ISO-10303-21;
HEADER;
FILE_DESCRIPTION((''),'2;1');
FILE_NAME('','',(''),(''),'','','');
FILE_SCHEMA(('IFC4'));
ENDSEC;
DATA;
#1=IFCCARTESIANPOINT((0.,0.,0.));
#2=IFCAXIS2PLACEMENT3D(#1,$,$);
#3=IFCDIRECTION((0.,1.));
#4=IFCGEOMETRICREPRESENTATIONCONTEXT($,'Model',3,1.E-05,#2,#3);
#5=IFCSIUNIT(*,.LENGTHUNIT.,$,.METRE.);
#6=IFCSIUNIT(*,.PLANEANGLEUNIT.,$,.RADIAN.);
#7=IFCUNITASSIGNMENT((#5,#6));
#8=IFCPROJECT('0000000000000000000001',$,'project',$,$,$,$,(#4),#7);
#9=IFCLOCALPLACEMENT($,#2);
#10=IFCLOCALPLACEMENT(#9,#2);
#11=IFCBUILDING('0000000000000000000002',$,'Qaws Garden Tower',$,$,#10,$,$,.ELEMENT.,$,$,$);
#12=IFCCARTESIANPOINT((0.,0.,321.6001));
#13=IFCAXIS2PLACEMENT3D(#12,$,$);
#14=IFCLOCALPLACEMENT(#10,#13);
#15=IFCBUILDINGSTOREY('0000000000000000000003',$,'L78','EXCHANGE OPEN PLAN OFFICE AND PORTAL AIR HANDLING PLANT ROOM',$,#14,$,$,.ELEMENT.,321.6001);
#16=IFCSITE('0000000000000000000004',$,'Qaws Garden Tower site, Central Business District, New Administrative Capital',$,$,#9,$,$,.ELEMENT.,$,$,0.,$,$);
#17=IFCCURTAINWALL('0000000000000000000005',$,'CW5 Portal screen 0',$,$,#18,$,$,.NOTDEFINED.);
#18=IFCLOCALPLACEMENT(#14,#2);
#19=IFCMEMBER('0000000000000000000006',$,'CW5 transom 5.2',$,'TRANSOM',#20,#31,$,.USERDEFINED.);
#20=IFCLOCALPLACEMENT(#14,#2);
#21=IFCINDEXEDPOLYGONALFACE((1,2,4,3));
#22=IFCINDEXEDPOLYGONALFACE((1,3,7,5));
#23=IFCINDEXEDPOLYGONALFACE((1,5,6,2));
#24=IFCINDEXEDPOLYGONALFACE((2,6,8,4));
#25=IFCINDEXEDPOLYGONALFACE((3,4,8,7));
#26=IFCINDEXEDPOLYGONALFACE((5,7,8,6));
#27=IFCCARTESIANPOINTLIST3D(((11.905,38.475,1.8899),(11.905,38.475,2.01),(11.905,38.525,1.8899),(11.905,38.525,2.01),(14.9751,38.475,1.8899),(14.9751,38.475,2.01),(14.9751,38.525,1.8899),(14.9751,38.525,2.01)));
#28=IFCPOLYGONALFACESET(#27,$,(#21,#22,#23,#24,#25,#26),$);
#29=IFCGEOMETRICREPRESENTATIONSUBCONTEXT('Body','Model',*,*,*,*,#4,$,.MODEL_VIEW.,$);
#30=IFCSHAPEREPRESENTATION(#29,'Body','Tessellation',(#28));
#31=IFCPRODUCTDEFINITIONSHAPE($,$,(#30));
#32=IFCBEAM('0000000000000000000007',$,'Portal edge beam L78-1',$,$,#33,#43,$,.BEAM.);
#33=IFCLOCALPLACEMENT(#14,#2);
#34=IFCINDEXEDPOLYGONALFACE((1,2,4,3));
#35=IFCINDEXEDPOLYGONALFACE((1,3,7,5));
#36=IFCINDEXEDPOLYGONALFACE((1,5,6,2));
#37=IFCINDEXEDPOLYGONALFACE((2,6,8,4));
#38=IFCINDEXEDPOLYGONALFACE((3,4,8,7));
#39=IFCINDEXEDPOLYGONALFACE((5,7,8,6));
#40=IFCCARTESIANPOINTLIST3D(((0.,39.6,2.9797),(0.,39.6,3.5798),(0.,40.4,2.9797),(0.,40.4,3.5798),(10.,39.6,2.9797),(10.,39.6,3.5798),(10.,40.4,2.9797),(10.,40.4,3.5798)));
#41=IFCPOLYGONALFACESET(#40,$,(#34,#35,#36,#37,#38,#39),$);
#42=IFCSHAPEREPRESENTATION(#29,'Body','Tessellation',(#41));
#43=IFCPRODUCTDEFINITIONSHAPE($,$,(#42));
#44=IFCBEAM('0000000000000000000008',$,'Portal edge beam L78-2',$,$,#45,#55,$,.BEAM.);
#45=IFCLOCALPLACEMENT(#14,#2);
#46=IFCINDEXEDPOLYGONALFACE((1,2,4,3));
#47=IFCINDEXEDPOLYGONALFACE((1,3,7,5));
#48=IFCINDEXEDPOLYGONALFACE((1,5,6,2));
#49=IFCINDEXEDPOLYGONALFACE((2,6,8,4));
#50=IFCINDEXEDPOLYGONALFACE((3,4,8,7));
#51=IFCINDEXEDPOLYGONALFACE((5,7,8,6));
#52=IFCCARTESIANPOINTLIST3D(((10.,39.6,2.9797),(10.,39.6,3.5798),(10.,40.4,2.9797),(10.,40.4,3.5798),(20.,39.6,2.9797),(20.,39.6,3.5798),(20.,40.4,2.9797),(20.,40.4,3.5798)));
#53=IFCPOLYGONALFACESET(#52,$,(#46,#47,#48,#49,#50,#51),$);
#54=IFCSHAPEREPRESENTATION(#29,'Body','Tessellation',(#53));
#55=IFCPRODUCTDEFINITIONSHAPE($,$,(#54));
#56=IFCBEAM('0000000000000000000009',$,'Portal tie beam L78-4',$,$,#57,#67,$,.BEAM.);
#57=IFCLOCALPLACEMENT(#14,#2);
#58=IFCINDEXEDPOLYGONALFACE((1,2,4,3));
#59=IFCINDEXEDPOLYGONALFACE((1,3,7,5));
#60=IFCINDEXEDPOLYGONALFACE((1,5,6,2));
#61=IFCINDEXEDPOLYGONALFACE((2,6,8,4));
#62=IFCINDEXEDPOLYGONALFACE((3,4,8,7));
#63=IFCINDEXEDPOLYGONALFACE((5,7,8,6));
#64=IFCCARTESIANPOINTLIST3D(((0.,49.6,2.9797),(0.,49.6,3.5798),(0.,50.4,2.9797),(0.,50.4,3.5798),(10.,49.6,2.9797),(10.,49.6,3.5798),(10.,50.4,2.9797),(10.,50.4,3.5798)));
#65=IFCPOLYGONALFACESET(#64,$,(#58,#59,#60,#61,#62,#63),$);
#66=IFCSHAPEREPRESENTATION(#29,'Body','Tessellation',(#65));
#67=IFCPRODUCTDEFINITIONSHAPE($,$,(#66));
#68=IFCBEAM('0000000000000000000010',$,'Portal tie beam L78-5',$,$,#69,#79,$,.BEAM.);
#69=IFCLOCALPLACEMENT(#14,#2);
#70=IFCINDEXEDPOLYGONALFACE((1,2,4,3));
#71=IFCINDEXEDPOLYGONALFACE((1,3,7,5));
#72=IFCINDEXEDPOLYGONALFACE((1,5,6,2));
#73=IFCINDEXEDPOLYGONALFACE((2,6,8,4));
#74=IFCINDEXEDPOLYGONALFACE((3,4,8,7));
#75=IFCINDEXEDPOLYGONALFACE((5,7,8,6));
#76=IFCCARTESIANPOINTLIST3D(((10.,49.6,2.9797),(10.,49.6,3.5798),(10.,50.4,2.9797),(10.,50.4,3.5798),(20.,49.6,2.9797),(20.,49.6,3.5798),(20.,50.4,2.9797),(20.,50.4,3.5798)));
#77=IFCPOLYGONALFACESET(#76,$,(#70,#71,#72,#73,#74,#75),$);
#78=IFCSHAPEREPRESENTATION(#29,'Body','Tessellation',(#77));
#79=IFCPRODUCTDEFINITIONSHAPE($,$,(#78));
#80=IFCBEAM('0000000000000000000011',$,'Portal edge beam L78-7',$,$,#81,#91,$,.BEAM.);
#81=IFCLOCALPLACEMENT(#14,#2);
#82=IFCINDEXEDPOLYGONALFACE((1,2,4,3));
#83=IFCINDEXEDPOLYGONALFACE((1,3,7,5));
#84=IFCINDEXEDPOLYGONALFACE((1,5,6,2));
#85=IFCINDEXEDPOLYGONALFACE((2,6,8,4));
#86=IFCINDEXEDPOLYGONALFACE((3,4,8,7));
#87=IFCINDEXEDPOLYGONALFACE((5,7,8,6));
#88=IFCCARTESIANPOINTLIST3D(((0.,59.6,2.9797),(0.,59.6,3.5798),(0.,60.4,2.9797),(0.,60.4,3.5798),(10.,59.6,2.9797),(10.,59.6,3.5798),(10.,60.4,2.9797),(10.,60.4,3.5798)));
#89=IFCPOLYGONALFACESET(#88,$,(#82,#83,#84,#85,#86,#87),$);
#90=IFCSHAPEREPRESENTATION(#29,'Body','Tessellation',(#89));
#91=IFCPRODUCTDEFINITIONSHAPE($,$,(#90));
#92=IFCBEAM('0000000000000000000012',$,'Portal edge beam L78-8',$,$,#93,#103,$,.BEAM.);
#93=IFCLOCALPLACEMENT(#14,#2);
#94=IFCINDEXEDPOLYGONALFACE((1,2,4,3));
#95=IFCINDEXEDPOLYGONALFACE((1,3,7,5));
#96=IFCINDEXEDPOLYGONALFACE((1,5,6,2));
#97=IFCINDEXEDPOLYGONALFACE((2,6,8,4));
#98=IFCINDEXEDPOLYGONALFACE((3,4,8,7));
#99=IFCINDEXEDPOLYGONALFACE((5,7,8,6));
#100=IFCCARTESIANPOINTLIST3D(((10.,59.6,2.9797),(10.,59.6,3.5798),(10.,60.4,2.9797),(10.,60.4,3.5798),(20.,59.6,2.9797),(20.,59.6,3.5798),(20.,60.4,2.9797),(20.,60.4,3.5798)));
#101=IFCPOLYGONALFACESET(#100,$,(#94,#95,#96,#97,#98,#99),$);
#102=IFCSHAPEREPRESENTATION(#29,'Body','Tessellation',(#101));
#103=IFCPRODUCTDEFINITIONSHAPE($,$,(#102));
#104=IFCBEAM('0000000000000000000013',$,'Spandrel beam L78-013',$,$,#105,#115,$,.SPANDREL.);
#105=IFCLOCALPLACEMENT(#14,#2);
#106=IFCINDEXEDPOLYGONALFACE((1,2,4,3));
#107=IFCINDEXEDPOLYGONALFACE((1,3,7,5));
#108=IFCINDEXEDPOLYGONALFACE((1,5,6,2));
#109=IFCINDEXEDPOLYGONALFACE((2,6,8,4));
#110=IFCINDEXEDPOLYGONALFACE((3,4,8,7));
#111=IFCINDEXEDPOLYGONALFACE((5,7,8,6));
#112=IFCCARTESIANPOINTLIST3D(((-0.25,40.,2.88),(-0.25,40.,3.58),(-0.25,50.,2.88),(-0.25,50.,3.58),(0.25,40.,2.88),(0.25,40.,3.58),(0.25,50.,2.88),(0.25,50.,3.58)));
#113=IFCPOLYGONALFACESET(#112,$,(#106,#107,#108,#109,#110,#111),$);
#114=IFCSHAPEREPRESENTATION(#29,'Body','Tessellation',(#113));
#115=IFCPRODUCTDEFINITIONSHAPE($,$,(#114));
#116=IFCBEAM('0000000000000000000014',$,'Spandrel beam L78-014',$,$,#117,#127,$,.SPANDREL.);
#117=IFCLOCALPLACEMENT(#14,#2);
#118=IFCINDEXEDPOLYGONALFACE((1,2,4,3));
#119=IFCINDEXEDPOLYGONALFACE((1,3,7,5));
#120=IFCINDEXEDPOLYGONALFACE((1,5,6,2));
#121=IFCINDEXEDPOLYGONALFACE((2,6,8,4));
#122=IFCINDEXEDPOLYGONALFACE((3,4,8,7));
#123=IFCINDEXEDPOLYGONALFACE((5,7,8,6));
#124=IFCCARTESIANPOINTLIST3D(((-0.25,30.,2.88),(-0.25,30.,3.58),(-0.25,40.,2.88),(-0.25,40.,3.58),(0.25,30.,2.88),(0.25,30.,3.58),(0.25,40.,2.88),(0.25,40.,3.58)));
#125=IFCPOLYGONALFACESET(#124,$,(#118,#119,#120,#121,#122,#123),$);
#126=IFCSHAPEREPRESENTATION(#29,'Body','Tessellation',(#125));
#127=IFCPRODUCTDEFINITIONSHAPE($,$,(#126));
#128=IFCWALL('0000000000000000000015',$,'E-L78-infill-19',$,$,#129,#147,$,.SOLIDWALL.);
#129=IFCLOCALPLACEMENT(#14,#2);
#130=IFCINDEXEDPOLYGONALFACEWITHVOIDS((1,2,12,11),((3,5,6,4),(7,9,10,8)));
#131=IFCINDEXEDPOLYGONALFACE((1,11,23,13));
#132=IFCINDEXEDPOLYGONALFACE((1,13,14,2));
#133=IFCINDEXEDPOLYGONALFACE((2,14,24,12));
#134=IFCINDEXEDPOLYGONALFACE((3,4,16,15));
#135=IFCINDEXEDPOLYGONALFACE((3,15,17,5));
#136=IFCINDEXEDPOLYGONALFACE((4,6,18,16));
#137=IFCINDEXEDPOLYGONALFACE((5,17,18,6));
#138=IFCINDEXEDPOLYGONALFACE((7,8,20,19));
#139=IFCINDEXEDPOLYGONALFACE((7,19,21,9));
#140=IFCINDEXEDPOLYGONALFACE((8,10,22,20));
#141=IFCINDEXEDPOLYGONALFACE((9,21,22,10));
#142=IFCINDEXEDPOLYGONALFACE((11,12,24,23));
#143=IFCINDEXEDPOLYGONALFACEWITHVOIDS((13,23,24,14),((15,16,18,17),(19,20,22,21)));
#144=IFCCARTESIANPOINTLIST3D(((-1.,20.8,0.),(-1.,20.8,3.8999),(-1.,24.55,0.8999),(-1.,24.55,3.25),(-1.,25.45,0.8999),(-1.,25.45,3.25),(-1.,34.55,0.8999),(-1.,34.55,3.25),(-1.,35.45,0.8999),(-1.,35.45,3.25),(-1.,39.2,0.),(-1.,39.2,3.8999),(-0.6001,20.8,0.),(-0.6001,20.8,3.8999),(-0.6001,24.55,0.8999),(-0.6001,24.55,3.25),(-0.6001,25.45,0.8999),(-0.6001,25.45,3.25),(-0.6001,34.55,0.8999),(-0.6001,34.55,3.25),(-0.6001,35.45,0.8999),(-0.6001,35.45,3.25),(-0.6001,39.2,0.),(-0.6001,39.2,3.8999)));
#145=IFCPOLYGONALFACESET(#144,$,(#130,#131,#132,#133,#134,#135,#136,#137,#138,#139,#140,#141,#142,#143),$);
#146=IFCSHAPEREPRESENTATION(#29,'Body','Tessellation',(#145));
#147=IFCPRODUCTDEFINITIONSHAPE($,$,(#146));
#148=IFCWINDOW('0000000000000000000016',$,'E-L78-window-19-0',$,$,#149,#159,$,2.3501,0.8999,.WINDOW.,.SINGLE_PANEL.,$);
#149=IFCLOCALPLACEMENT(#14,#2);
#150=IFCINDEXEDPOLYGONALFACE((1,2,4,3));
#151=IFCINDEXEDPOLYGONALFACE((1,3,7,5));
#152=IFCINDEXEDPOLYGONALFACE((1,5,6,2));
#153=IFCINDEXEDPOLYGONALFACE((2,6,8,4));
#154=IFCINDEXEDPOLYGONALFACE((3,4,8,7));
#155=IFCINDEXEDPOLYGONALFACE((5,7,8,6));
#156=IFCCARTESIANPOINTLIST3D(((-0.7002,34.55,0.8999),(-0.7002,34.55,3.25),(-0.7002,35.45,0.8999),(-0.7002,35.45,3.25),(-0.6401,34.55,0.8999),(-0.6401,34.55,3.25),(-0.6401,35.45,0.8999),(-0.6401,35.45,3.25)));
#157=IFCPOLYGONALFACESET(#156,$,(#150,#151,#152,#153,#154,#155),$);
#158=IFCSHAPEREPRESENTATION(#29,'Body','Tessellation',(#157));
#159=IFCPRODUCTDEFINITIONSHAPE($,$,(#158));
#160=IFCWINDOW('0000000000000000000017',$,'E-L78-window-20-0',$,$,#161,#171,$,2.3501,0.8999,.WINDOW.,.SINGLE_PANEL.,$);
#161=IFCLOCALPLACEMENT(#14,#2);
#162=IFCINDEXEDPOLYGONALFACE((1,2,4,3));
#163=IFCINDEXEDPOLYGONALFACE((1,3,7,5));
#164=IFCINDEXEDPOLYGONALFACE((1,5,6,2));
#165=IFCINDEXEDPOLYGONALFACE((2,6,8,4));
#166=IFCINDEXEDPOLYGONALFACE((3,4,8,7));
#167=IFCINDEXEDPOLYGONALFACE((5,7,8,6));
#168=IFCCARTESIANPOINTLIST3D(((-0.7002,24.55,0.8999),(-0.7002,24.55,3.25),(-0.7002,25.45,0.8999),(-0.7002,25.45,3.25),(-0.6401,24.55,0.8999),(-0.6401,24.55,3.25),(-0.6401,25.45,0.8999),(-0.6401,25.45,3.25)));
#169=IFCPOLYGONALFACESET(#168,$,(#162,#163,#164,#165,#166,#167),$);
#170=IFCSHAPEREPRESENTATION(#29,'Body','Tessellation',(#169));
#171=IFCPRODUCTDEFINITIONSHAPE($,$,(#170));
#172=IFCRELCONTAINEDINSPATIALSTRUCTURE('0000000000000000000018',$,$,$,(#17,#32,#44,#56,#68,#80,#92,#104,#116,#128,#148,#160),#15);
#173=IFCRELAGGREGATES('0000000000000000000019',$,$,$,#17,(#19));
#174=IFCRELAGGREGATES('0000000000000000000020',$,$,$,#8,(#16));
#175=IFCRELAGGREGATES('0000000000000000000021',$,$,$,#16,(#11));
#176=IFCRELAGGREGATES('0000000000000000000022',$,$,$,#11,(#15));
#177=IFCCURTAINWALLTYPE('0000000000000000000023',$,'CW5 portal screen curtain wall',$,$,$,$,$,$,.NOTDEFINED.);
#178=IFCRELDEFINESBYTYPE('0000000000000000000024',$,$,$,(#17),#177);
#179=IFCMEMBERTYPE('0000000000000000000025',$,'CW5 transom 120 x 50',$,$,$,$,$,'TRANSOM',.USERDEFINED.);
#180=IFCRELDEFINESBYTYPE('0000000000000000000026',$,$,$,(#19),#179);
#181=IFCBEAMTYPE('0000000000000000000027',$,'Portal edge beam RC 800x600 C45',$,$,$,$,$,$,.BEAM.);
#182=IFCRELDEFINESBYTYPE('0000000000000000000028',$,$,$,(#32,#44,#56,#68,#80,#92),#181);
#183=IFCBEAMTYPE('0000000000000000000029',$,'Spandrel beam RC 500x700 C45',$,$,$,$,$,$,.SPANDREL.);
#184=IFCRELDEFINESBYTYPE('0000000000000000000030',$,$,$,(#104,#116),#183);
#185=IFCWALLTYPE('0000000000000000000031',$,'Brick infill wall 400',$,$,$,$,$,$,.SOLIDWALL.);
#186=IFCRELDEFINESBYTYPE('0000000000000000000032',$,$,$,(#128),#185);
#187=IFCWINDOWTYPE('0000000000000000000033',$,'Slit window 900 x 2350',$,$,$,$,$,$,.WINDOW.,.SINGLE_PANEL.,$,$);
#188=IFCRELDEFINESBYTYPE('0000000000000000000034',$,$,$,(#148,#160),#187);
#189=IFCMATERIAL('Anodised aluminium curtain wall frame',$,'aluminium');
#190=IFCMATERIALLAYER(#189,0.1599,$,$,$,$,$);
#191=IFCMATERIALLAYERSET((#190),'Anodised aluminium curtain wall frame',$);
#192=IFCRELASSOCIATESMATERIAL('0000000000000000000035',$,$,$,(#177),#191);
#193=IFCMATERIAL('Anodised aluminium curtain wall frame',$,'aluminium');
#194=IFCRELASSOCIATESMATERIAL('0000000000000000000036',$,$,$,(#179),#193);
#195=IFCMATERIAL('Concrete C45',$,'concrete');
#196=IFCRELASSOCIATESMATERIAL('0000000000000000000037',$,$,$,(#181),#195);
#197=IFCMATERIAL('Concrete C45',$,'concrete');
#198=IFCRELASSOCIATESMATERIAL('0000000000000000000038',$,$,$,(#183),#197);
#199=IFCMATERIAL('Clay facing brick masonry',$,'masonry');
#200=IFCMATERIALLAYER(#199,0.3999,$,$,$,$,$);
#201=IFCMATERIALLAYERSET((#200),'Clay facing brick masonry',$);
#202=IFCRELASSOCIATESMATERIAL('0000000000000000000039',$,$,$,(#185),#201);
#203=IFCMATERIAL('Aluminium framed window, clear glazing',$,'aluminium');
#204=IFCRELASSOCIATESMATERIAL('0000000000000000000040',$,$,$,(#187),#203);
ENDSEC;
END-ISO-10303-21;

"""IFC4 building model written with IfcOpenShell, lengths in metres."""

from ifc_helpers import new_model, si_unit, direction, frame, frame_2d, origin, origin_2d, place, context, subcontext, project, spatial, rectangle, extrude, material, layer, layer_set, material_profile, profile_set, type_object, element, fill, aggregate, save


model = new_model("IFC4")

# Units and contexts
model_context = context("Model", 3, precision=1e-05, world=origin(), true_north=direction((0.0, 1.0)))
body_context = subcontext(model_context, "Body", "Model", "MODEL_VIEW")
ifc_project = project(units=[si_unit("LENGTHUNIT", "METRE"), si_unit("PLANEANGLEUNIT", "RADIAN")], contexts=[model_context])

# Site, building, storey
site_placement = place(None, origin())
site = spatial("IfcSite", under=ifc_project, at=site_placement, Name="Qaws Garden Tower site, Central Business District, New Administrative Capital", CompositionType="ELEMENT", RefElevation=0.0)
building_placement = place(site_placement, origin())
building = spatial("IfcBuilding", under=site, at=building_placement, Name="Qaws Garden Tower", CompositionType="ELEMENT")
storey_placement = place(building_placement, frame((0.0, 0.0, 321.6001)))
storey = spatial("IfcBuildingStorey", under=building, at=storey_placement, Name="L78", Description="EXCHANGE OPEN PLAN OFFICE AND PORTAL AIR HANDLING PLANT ROOM", CompositionType="ELEMENT", Elevation=321.6001)

# Shared definitions
ifc_material_1 = material(Name="Anodised aluminium curtain wall frame", Category="aluminium")
ifc_layer_1 = layer(ifc_material_1, 0.1599)
ifc_layer_set_1 = layer_set([ifc_layer_1], Name="Anodised aluminium curtain wall frame")
curtain_wall_type = type_object("IfcCurtainWallType", Name="CW5 portal screen curtain wall", PredefinedType="NOTDEFINED", material=ifc_layer_set_1)
placement = place(storey_placement, origin())

# Curtain wall, member
curtain_wall_1 = element("IfcCurtainWall", 1, at=placement, inside=storey, type_object=curtain_wall_type, Name="CW5 Portal screen 0", PredefinedType="NOTDEFINED")
ifc_material_2 = material(Name="Anodised aluminium curtain wall frame", Category="aluminium")
ifc_material_profile_1 = material_profile(ifc_material_2, rectangle(XDim=0.05, YDim=0.1201, at=origin_2d()), Name="AL 50x120")
ifc_profile_set_1 = profile_set([ifc_material_profile_1], Name="Anodised aluminium curtain wall frame")
member_type_1 = type_object("IfcMemberType", Name="CW5 transom 120 x 50", ElementType="TRANSOM", PredefinedType="USERDEFINED", material=ifc_profile_set_1)
member_1_placement = place(storey_placement, frame((11.905, 38.5, 1.95), z_axis=(1.0, 0.0, 0.0), x_axis=(0.0, 1.0, 0.0)))
member_1 = element("IfcMember", 2, at=member_1_placement, type_object=member_type_1, Name="CW5 transom 5.2", ObjectType="TRANSOM", PredefinedType="USERDEFINED", context=body_context, shape_type="SweptSolid", body=[
    extrude(rectangle(XDim=0.05, YDim=0.1201, at=origin_2d()), origin(), (0.0, 0.0, 1.0), 3.0701),
])
aggregate(curtain_wall_1, [member_1])

# Beams
ifc_material_3 = material(Name="Concrete C45", Category="concrete")
ifc_material_profile_2 = material_profile(ifc_material_3, rectangle(XDim=0.8, YDim=0.6001, at=origin_2d()), Name="RC 800x600")
ifc_profile_set_2 = profile_set([ifc_material_profile_2], Name="Concrete C45")
beam_type_1 = type_object("IfcBeamType", Name="Portal edge beam RC 800x600 C45", PredefinedType="BEAM", material=ifc_profile_set_2)
for number, where, z_axis, x_axis, name in (
    (3, (0.0, 40.0, 3.2798), (1.0, 0.0, 0.0), (0.0, 1.0, 0.0), "Portal edge beam L78-1"),
    (4, (10.0, 40.0, 3.2798), (1.0, 0.0, 0.0), (0.0, 1.0, 0.0), "Portal edge beam L78-2"),
    (5, (0.0, 50.0, 3.2798), (1.0, 0.0, 0.0), (0.0, 1.0, 0.0), "Portal tie beam L78-4"),
    (6, (10.0, 50.0, 3.2798), (1.0, 0.0, 0.0), (0.0, 1.0, 0.0), "Portal tie beam L78-5"),
    (7, (0.0, 60.0, 3.2798), (1.0, 0.0, 0.0), (0.0, 1.0, 0.0), "Portal edge beam L78-7"),
    (8, (10.0, 60.0, 3.2798), (1.0, 0.0, 0.0), (0.0, 1.0, 0.0), "Portal edge beam L78-8"),
):
    element("IfcBeam", number, at=place(storey_placement, frame(where, z_axis=z_axis, x_axis=x_axis)), inside=storey, type_object=beam_type_1, Name=name, PredefinedType="BEAM", context=body_context, shape_type="SweptSolid", body=[
        extrude(rectangle(XDim=0.8, YDim=0.6001, at=origin_2d()), origin(), (0.0, 0.0, 1.0), 10.0),
    ])
ifc_material_4 = material(Name="Concrete C45", Category="concrete")
ifc_material_profile_3 = material_profile(ifc_material_4, rectangle(XDim=0.5, YDim=0.7, at=origin_2d()), Name="RC 500x700")
ifc_profile_set_3 = profile_set([ifc_material_profile_3], Name="Concrete C45")
beam_type_2 = type_object("IfcBeamType", Name="Spandrel beam RC 500x700 C45", PredefinedType="SPANDREL", material=ifc_profile_set_3)
for number, where, z_axis, x_axis, name in (
    (9, (0.0, 50.0, 3.23), (0.0, -1.0, 0.0), (1.0, 0.0, 0.0), "Spandrel beam L78-013"),
    (10, (0.0, 40.0, 3.23), (0.0, -1.0, 0.0), (1.0, 0.0, 0.0), "Spandrel beam L78-014"),
):
    element("IfcBeam", number, at=place(storey_placement, frame(where, z_axis=z_axis, x_axis=x_axis)), inside=storey, type_object=beam_type_2, Name=name, PredefinedType="SPANDREL", context=body_context, shape_type="SweptSolid", body=[
        extrude(rectangle(XDim=0.5, YDim=0.7, at=origin_2d()), origin(), (0.0, 0.0, 1.0), 10.0),
    ])

# Wall, openings, windows
ifc_material_5 = material(Name="Clay facing brick masonry", Category="masonry")
ifc_layer_2 = layer(ifc_material_5, 0.3999)
ifc_layer_set_2 = layer_set([ifc_layer_2], Name="Clay facing brick masonry")
wall_type_1 = type_object("IfcWallType", Name="Brick infill wall 400", PredefinedType="SOLIDWALL", material=ifc_layer_set_2)
wall_1_placement = place(storey_placement, frame((-0.8, 39.2, 0.0), z_axis=(0.0, 0.0, 1.0), x_axis=(0.0, -1.0, 0.0)))
wall_1 = element("IfcWall", 11, at=wall_1_placement, inside=storey, type_object=wall_type_1, Name="E-L78-infill-19", PredefinedType="SOLIDWALL", context=body_context, shape_type="SweptSolid", body=[
    extrude(rectangle(XDim=18.3999, YDim=0.3999, at=frame_2d((9.2, 0.0))), origin(), (0.0, 0.0, 1.0), 3.8999),
])
opening_1_placement = place(wall_1_placement, frame((3.75, 0.0, 0.8999)))
opening_1 = element("IfcOpeningElement", 12, at=opening_1_placement, cuts=wall_1, PredefinedType="OPENING", context=body_context, shape_type="SweptSolid", body=[
    extrude(rectangle(XDim=0.8999, YDim=2.3501, at=frame_2d((0.45, 1.175))), frame((0.0, 0.21, 0.0), z_axis=(0.0, -1.0, 0.0), x_axis=(1.0, 0.0, 0.0)), (0.0, 0.0, 1.0), 0.4199),
])
opening_2_placement = place(wall_1_placement, frame((13.75, 0.0, 0.8999)))
opening_2 = element("IfcOpeningElement", 13, at=opening_2_placement, cuts=wall_1, PredefinedType="OPENING", context=body_context, shape_type="SweptSolid", body=[
    extrude(rectangle(XDim=0.8999, YDim=2.3501, at=frame_2d((0.45, 1.175))), frame((0.0, 0.21, 0.0), z_axis=(0.0, -1.0, 0.0), x_axis=(1.0, 0.0, 0.0)), (0.0, 0.0, 1.0), 0.4199),
])
ifc_material_6 = material(Name="Aluminium framed window, clear glazing", Category="aluminium")
window_type = type_object("IfcWindowType", Name="Slit window 900 x 2350", PartitioningType="SINGLE_PANEL", PredefinedType="WINDOW", material=ifc_material_6)
window_1_placement = place(opening_1_placement, origin())
window_1 = element("IfcWindow", 14, at=window_1_placement, inside=storey, type_object=window_type, Name="E-L78-window-19-0", OverallHeight=2.3501, OverallWidth=0.8999, PartitioningType="SINGLE_PANEL", PredefinedType="WINDOW", context=body_context, shape_type="SweptSolid", body=[
    extrude(rectangle(XDim=0.8999, YDim=2.3501, at=frame_2d((0.45, 1.175))), frame((0.0, 0.1599, 0.0), z_axis=(0.0, -1.0, 0.0), x_axis=(1.0, 0.0, 0.0)), (0.0, 0.0, 1.0), 0.0601),
])
fill(opening_1, window_1)
window_2_placement = place(opening_2_placement, origin())
window_2 = element("IfcWindow", 15, at=window_2_placement, inside=storey, type_object=window_type, Name="E-L78-window-20-0", OverallHeight=2.3501, OverallWidth=0.8999, PartitioningType="SINGLE_PANEL", PredefinedType="WINDOW", context=body_context, shape_type="SweptSolid", body=[
    extrude(rectangle(XDim=0.8999, YDim=2.3501, at=frame_2d((0.45, 1.175))), frame((0.0, 0.1599, 0.0), z_axis=(0.0, -1.0, 0.0), x_axis=(1.0, 0.0, 0.0)), (0.0, 0.0, 1.0), 0.0601),
])
fill(opening_2, window_2)

save(model, "model.ifc")
